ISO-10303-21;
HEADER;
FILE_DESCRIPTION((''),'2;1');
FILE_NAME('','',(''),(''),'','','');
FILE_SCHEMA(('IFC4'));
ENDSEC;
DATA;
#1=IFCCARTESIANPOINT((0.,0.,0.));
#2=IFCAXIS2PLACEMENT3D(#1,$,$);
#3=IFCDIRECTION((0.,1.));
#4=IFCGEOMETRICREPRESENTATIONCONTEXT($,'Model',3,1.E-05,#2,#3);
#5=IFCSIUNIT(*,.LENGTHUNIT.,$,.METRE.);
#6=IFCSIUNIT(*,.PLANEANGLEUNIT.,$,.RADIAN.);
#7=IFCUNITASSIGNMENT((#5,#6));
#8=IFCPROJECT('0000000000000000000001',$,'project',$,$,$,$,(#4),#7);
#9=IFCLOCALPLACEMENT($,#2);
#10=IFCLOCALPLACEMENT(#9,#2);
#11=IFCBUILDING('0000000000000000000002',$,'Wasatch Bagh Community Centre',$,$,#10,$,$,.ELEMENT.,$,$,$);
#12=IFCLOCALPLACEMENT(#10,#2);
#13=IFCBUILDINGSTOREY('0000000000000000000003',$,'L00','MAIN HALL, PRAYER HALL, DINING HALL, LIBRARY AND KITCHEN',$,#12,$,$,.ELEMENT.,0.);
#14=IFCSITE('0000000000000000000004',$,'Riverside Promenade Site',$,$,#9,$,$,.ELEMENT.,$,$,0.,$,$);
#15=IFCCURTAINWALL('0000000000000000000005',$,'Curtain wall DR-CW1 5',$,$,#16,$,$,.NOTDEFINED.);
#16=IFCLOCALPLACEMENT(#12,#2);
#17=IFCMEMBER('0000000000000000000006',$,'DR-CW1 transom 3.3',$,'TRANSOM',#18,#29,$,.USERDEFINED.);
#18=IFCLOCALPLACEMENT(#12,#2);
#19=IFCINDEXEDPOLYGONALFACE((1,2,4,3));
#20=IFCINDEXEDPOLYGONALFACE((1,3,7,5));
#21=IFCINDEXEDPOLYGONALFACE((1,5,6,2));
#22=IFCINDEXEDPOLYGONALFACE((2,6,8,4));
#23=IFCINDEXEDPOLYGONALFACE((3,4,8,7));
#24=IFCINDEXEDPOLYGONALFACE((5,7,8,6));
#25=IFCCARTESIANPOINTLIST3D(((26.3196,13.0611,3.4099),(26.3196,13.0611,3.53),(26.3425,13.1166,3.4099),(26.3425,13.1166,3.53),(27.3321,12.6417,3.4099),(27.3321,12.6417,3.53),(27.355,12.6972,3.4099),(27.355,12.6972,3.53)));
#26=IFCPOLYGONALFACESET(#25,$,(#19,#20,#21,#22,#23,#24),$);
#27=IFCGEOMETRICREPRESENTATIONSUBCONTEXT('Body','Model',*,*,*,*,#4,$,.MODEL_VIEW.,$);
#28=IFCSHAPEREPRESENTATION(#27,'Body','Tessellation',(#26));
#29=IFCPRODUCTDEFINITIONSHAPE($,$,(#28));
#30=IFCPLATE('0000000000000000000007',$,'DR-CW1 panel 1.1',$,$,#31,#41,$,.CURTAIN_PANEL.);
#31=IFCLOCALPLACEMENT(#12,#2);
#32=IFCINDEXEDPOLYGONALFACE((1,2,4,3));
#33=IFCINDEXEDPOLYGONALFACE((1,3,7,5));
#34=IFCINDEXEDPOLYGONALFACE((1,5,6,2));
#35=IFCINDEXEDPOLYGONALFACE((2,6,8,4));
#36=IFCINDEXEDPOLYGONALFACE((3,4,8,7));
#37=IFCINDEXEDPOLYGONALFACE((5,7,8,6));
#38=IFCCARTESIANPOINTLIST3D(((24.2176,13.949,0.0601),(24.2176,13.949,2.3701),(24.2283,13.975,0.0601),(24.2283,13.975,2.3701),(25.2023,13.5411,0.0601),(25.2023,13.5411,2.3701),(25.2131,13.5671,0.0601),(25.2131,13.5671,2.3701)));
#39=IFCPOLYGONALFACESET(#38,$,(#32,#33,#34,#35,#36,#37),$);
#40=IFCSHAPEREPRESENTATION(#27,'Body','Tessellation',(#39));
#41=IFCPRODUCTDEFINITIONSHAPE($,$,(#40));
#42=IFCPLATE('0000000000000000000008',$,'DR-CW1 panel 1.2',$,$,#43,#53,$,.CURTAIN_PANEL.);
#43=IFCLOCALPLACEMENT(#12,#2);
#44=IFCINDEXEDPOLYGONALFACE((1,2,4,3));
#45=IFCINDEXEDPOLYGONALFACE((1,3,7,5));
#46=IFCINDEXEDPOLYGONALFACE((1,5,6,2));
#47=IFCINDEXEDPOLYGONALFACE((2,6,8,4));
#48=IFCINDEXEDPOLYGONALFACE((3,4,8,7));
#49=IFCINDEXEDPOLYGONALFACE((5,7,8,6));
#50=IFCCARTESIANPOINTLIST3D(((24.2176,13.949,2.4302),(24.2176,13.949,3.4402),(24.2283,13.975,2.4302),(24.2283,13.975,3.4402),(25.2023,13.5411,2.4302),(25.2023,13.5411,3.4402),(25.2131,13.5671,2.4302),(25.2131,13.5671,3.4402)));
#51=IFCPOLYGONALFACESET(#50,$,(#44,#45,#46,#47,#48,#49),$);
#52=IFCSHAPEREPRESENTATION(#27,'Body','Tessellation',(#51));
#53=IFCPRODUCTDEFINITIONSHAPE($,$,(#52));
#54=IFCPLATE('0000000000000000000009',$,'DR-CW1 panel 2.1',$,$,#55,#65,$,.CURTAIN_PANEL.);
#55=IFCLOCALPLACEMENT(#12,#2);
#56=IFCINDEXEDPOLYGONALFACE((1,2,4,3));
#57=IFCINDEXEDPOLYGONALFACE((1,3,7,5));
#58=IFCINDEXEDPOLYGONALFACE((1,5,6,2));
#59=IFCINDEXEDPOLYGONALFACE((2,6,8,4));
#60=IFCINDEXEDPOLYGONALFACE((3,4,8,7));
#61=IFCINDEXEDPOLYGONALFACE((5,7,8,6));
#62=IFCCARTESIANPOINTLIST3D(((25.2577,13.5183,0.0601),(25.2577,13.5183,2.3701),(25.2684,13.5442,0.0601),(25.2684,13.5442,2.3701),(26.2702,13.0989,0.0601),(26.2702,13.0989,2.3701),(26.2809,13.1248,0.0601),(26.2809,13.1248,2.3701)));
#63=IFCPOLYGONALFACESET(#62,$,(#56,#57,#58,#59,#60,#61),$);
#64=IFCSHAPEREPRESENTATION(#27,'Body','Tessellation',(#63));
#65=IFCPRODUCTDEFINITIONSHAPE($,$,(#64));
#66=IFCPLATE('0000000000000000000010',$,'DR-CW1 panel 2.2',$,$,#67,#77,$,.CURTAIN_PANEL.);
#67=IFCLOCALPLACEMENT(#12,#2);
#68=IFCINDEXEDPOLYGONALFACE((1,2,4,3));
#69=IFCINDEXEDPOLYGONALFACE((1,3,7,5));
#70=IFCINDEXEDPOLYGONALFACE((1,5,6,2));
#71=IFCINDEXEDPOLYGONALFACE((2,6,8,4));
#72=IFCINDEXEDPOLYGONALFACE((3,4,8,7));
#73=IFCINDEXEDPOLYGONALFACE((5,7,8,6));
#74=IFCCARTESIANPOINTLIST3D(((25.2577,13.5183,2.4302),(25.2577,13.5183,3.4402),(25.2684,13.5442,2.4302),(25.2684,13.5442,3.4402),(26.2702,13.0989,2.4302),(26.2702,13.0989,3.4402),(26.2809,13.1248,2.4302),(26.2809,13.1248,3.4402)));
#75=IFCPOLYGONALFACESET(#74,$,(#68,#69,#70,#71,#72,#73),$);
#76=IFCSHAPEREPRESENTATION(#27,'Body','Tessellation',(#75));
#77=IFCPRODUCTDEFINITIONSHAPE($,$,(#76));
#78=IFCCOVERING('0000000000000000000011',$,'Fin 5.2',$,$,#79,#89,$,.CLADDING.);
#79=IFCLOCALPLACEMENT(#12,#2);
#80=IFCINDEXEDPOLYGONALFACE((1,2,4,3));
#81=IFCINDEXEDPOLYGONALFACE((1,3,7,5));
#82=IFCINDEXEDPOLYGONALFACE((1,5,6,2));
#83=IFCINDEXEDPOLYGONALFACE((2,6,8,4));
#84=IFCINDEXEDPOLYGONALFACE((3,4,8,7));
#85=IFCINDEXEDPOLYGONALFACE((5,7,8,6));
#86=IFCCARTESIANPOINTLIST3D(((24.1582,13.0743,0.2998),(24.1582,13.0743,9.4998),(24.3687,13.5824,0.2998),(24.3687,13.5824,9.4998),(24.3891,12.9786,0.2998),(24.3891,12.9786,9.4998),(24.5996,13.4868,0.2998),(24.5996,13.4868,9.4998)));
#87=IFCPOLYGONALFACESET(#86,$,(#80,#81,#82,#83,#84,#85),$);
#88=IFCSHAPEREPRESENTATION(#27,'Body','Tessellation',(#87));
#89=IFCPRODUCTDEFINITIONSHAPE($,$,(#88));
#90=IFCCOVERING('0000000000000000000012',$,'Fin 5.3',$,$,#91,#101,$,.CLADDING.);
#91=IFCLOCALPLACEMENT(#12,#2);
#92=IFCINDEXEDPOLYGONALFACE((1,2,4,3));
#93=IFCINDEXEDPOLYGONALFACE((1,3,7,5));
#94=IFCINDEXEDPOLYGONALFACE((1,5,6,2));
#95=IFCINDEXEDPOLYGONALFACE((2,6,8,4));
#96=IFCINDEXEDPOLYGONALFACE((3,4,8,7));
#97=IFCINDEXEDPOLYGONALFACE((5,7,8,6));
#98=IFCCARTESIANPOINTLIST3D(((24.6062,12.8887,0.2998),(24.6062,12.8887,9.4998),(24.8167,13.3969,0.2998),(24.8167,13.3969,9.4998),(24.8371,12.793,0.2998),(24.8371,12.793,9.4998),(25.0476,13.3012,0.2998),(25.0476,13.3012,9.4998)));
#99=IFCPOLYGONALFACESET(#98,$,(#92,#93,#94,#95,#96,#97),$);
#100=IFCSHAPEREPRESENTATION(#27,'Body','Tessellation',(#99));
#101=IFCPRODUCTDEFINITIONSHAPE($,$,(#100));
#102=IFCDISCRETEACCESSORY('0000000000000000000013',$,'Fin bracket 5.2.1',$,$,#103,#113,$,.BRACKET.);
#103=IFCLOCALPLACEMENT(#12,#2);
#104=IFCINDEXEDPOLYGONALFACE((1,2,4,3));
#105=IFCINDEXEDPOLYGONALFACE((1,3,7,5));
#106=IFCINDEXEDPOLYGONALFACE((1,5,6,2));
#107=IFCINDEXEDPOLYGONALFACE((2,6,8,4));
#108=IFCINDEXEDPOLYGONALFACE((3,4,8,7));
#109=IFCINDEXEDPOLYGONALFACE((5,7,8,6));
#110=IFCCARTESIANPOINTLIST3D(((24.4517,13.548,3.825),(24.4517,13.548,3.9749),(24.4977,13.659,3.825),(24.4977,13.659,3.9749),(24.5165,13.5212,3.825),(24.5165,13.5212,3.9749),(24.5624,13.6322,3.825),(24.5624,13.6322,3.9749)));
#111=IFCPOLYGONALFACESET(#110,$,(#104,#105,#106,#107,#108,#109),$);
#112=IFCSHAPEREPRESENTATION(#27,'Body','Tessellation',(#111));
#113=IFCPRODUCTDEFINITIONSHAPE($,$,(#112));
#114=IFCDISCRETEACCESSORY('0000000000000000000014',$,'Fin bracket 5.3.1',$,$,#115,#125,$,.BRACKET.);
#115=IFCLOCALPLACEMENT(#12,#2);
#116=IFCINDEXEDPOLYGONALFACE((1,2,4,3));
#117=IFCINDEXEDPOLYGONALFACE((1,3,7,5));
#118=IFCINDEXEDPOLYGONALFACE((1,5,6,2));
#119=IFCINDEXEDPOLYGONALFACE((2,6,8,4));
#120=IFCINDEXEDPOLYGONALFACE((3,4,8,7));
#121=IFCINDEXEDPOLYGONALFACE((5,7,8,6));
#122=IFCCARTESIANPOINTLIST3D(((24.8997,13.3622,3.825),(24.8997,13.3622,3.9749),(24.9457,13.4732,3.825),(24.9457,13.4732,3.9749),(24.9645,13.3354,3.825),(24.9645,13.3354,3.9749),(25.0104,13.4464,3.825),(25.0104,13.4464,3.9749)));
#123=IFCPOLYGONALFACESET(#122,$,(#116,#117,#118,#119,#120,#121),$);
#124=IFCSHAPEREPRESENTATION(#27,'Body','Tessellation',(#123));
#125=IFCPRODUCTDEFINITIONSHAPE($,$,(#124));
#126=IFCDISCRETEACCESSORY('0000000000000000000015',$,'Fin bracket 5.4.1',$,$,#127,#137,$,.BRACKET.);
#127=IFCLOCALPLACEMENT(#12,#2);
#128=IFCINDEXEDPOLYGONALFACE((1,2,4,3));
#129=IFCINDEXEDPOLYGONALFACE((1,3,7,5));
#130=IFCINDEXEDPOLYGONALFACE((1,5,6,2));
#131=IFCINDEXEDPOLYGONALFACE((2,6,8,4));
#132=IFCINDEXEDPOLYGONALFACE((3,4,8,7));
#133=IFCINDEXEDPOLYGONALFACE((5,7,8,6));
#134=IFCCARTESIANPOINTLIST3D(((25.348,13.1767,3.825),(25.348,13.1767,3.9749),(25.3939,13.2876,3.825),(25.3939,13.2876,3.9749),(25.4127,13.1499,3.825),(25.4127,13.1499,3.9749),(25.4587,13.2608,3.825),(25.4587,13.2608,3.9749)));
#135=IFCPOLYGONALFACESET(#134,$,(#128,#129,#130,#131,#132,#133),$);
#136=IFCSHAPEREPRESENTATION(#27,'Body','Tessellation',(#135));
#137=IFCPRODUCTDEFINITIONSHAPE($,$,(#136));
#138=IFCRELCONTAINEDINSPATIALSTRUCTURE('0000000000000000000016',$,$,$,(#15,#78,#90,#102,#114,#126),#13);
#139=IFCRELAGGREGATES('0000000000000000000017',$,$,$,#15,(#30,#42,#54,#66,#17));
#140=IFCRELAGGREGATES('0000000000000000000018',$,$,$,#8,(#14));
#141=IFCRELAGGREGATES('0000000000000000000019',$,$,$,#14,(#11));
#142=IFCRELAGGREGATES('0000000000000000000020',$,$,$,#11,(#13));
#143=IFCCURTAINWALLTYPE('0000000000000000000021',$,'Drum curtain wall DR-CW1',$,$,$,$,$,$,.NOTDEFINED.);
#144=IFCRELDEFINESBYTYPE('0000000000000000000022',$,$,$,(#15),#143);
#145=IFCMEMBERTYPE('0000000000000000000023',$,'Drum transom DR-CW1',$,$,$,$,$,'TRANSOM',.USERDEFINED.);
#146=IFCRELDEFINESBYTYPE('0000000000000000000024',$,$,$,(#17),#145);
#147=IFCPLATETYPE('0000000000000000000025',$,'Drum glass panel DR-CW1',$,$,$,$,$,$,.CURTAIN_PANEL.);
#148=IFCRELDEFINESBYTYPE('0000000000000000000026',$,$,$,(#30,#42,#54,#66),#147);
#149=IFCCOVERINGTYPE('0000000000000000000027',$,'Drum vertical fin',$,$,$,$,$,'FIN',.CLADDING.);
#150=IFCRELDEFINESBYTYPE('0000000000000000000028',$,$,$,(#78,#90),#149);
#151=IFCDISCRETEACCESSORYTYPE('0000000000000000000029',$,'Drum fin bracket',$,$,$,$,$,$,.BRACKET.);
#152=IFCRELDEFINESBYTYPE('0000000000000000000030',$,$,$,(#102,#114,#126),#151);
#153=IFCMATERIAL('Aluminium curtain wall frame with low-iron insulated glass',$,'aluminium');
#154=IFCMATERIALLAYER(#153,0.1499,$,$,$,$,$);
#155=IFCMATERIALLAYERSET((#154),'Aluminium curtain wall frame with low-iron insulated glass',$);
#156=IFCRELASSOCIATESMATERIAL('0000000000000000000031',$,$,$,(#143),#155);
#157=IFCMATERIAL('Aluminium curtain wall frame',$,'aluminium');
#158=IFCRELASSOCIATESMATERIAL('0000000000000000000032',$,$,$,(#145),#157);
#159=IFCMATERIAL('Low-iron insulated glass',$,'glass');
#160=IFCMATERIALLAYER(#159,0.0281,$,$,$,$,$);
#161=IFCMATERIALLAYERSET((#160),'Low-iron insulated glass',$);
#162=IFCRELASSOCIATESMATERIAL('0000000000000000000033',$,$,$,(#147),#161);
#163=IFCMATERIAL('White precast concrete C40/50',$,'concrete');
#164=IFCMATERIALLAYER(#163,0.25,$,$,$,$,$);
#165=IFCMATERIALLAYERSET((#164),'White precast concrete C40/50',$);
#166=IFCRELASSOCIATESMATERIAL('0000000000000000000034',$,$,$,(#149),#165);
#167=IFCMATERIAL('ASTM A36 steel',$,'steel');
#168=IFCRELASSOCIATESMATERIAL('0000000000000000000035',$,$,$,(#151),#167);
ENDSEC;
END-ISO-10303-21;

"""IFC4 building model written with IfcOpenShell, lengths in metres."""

from ifc_helpers import new_model, si_unit, direction, frame, origin, origin_2d, place, context, subcontext, project, spatial, rectangle, extrude, material, layer, layer_set, material_profile, profile_set, type_object, element, aggregate, save


model = new_model("IFC4")

# Units and contexts
model_context = context("Model", 3, precision=1e-05, world=origin(), true_north=direction((0.0, 1.0)))
body_context = subcontext(model_context, "Body", "Model", "MODEL_VIEW")
ifc_project = project(units=[si_unit("LENGTHUNIT", "METRE"), si_unit("PLANEANGLEUNIT", "RADIAN")], contexts=[model_context])

# Site, building, storey
site_placement = place(None, origin())
site = spatial("IfcSite", under=ifc_project, at=site_placement, Name="Riverside Promenade Site", CompositionType="ELEMENT", RefElevation=0.0)
building_placement = place(site_placement, origin())
building = spatial("IfcBuilding", under=site, at=building_placement, Name="Wasatch Bagh Community Centre", CompositionType="ELEMENT")
storey_placement = place(building_placement, origin())
storey = spatial("IfcBuildingStorey", under=building, at=storey_placement, Name="L00", Description="MAIN HALL, PRAYER HALL, DINING HALL, LIBRARY AND KITCHEN", CompositionType="ELEMENT", Elevation=0.0)

# Curtain wall, member, plates
ifc_material_1 = material(Name="Aluminium curtain wall frame with low-iron insulated glass", Category="aluminium")
ifc_layer_1 = layer(ifc_material_1, 0.1499)
ifc_layer_set_1 = layer_set([ifc_layer_1], Name="Aluminium curtain wall frame with low-iron insulated glass")
curtain_wall_type = type_object("IfcCurtainWallType", Name="Drum curtain wall DR-CW1", PredefinedType="NOTDEFINED", material=ifc_layer_set_1)
curtain_wall_placement = place(storey_placement, origin())
curtain_wall = element("IfcCurtainWall", 1, at=curtain_wall_placement, inside=storey, type_object=curtain_wall_type, Name="Curtain wall DR-CW1 5", PredefinedType="NOTDEFINED")
ifc_material_2 = material(Name="Aluminium curtain wall frame", Category="aluminium")
ifc_material_profile_1 = material_profile(ifc_material_2, rectangle(XDim=0.0601, YDim=0.1201, at=origin_2d()), Name="Drum transom DR-CW1")
ifc_profile_set_1 = profile_set([ifc_material_profile_1], Name="Aluminium curtain wall frame")
member_type_1 = type_object("IfcMemberType", Name="Drum transom DR-CW1", ElementType="TRANSOM", PredefinedType="USERDEFINED", material=ifc_profile_set_1)
member_1_placement = place(storey_placement, frame((26.3311, 13.0889, 3.47), z_axis=(0.923859, -0.382732, 0.0), x_axis=(0.382732, 0.923859, 0.0)))
member_1 = element("IfcMember", 2, at=member_1_placement, type_object=member_type_1, Name="DR-CW1 transom 3.3", ObjectType="TRANSOM", PredefinedType="USERDEFINED", context=body_context, shape_type="SweptSolid", body=[
    extrude(rectangle(XDim=0.0601, YDim=0.1201, at=origin_2d()), origin(), (0.0, 0.0, 1.0), 1.0959),
])
ifc_material_3 = material(Name="Low-iron insulated glass", Category="glass")
ifc_layer_2 = layer(ifc_material_3, 0.0281)
ifc_layer_set_2 = layer_set([ifc_layer_2], Name="Low-iron insulated glass")
plate_type = type_object("IfcPlateType", Name="Drum glass panel DR-CW1", PredefinedType="CURTAIN_PANEL", material=ifc_layer_set_2)
plate_1_placement = place(storey_placement, frame((24.7153, 13.7581, 0.0601), z_axis=(0.0, 0.0, 1.0), x_axis=(0.92388, -0.382683, 0.0)))
plate_1 = element("IfcPlate", 3, at=plate_1_placement, type_object=plate_type, Name="DR-CW1 panel 1.1", PredefinedType="CURTAIN_PANEL", context=body_context, shape_type="SweptSolid", body=[
    extrude(rectangle(XDim=1.0659, YDim=0.0281, at=origin_2d()), origin(), (0.0, 0.0, 1.0), 2.3101),
])
plate_2_placement = place(storey_placement, frame((24.7153, 13.7581, 2.4302), z_axis=(0.0, 0.0, 1.0), x_axis=(0.92388, -0.382683, 0.0)))
plate_2 = element("IfcPlate", 4, at=plate_2_placement, type_object=plate_type, Name="DR-CW1 panel 1.2", PredefinedType="CURTAIN_PANEL", context=body_context, shape_type="SweptSolid", body=[
    extrude(rectangle(XDim=1.0659, YDim=0.0281, at=origin_2d()), origin(), (0.0, 0.0, 1.0), 1.01),
])
plate_3_placement = place(storey_placement, frame((25.7693, 13.3215, 0.0601), z_axis=(0.0, 0.0, 1.0), x_axis=(0.92388, -0.382683, 0.0)))
plate_3 = element("IfcPlate", 5, at=plate_3_placement, type_object=plate_type, Name="DR-CW1 panel 2.1", PredefinedType="CURTAIN_PANEL", context=body_context, shape_type="SweptSolid", body=[
    extrude(rectangle(XDim=1.0959, YDim=0.0281, at=origin_2d()), origin(), (0.0, 0.0, 1.0), 2.3101),
])
plate_4_placement = place(storey_placement, frame((25.7693, 13.3215, 2.4302), z_axis=(0.0, 0.0, 1.0), x_axis=(0.92388, -0.382683, 0.0)))
plate_4 = element("IfcPlate", 6, at=plate_4_placement, type_object=plate_type, Name="DR-CW1 panel 2.2", PredefinedType="CURTAIN_PANEL", context=body_context, shape_type="SweptSolid", body=[
    extrude(rectangle(XDim=1.0959, YDim=0.0281, at=origin_2d()), origin(), (0.0, 0.0, 1.0), 1.01),
])
aggregate(curtain_wall, [plate_1, plate_2, plate_3, plate_4, member_1])

# Coverings
ifc_material_4 = material(Name="White precast concrete C40/50", Category="concrete")
ifc_layer_3 = layer(ifc_material_4, 0.25)
ifc_layer_set_3 = layer_set([ifc_layer_3], Name="White precast concrete C40/50")
covering_type = type_object("IfcCoveringType", Name="Drum vertical fin", ElementType="FIN", PredefinedType="CLADDING", material=ifc_layer_set_3)
for number, where, z_axis, x_axis, name in (
    (7, (24.3789, 13.2805, 0.2998), (0.0, 0.0, 1.0), (0.92388, -0.382683, 0.0), "Fin 5.2"),
    (8, (24.8269, 13.095, 0.2998), (0.0, 0.0, 1.0), (0.92388, -0.382683, 0.0), "Fin 5.3"),
):
    element("IfcCovering", number, at=place(storey_placement, frame(where, z_axis=z_axis, x_axis=x_axis)), inside=storey, type_object=covering_type, Name=name, PredefinedType="CLADDING", context=body_context, shape_type="SweptSolid", body=[
        extrude(rectangle(XDim=0.25, YDim=0.55, at=origin_2d()), origin(), (0.0, 0.0, 1.0), 9.2),
    ])

# Discrete accessories
ifc_material_5 = material(Name="ASTM A36 steel", Category="steel")
discrete_accessory_type = type_object("IfcDiscreteAccessoryType", Name="Drum fin bracket", PredefinedType="BRACKET", material=ifc_material_5)
for number, where, z_axis, x_axis, name in (
    (9, (24.5071, 13.5901, 3.825), (0.0, 0.0, 1.0), (0.92388, -0.382683, 0.0), "Fin bracket 5.2.1"),
    (10, (24.9551, 13.4043, 3.825), (0.0, 0.0, 1.0), (0.92388, -0.382683, 0.0), "Fin bracket 5.3.1"),
    (11, (25.4033, 13.2188, 3.825), (0.0, 0.0, 1.0), (0.92388, -0.382683, 0.0), "Fin bracket 5.4.1"),
):
    element("IfcDiscreteAccessory", number, at=place(storey_placement, frame(where, z_axis=z_axis, x_axis=x_axis)), inside=storey, type_object=discrete_accessory_type, Name=name, PredefinedType="BRACKET", context=body_context, shape_type="SweptSolid", body=[
        extrude(rectangle(XDim=0.0701, YDim=0.1201, at=origin_2d()), origin(), (0.0, 0.0, 1.0), 0.1499),
    ])

save(model, "model.ifc")
